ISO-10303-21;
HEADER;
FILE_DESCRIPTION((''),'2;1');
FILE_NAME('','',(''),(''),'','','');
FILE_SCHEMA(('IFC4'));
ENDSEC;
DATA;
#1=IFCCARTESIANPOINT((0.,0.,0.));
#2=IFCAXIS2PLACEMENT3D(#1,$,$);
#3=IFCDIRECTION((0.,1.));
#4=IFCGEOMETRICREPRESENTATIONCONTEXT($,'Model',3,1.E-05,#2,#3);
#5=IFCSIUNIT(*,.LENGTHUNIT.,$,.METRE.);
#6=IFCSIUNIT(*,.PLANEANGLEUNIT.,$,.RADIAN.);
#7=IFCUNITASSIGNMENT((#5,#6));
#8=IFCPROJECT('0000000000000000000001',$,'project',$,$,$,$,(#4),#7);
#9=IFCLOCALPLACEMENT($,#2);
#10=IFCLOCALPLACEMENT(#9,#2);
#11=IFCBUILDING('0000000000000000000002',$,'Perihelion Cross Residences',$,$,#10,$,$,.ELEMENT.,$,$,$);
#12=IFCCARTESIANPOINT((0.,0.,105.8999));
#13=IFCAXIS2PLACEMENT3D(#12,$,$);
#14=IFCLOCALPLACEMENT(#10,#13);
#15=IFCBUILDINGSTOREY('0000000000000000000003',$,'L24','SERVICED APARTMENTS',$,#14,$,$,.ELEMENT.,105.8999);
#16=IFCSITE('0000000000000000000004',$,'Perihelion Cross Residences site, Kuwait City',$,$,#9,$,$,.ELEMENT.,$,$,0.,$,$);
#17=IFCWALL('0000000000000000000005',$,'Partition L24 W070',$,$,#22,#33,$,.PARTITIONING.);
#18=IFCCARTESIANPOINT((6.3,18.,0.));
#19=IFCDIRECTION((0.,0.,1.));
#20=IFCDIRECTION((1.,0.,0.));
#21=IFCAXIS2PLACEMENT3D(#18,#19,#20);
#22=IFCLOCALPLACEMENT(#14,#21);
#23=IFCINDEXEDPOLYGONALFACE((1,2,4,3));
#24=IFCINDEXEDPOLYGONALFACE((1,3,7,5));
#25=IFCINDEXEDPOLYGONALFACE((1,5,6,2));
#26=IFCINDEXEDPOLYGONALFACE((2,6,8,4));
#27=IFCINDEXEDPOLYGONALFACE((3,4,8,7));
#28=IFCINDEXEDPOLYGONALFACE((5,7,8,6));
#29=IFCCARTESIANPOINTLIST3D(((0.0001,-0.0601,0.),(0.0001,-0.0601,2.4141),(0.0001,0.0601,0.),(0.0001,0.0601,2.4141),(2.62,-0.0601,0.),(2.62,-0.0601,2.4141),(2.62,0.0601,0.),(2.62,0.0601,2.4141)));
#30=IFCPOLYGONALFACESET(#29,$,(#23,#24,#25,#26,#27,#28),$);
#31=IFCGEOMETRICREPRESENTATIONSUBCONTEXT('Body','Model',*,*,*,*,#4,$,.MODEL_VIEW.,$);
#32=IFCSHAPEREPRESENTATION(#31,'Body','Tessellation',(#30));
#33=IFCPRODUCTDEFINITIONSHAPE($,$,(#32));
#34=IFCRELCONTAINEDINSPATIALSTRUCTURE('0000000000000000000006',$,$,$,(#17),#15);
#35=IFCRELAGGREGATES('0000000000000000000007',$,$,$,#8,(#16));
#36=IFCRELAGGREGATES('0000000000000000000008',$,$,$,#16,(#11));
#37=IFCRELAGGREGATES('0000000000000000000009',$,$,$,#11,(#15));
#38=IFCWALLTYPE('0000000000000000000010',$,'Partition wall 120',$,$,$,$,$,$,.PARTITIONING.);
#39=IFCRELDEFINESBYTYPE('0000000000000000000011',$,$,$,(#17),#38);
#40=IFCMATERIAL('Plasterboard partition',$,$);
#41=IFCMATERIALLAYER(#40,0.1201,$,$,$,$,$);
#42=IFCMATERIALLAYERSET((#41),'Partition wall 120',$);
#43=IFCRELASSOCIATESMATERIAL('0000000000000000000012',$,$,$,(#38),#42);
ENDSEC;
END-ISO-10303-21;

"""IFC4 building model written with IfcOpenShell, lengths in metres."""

from ifc_helpers import new_model, si_unit, direction, frame, frame_2d, origin, place, context, subcontext, project, spatial, rectangle, extrude, material, layer, layer_set, type_object, element, save


model = new_model("IFC4")

# Units and contexts
model_context = context("Model", 3, precision=1e-05, world=origin(), true_north=direction((0.0, 1.0)))
body_context = subcontext(model_context, "Body", "Model", "MODEL_VIEW")
ifc_project = project(units=[si_unit("LENGTHUNIT", "METRE"), si_unit("PLANEANGLEUNIT", "RADIAN")], contexts=[model_context])

# Site, building, storey
site_placement = place(None, origin())
site = spatial("IfcSite", under=ifc_project, at=site_placement, Name="Perihelion Cross Residences site, Kuwait City", CompositionType="ELEMENT", RefElevation=0.0)
building_placement = place(site_placement, origin())
building = spatial("IfcBuilding", under=site, at=building_placement, Name="Perihelion Cross Residences", CompositionType="ELEMENT")
storey_placement = place(building_placement, frame((0.0, 0.0, 105.8999)))
storey = spatial("IfcBuildingStorey", under=building, at=storey_placement, Name="L24", Description="SERVICED APARTMENTS", CompositionType="ELEMENT", Elevation=105.8999)

# Wall
ifc_material_1 = material(Name="Plasterboard partition")
ifc_layer_1 = layer(ifc_material_1, 0.1201)
ifc_layer_set_1 = layer_set([ifc_layer_1], Name="Partition wall 120")
wall_type_1 = type_object("IfcWallType", Name="Partition wall 120", PredefinedType="PARTITIONING", material=ifc_layer_set_1)
wall_1_placement = place(storey_placement, frame((6.3, 18.0, 0.0), z_axis=(0.0, 0.0, 1.0), x_axis=(1.0, 0.0, 0.0)))
element("IfcWall", 1, at=wall_1_placement, inside=storey, type_object=wall_type_1, Name="Partition L24 W070", PredefinedType="PARTITIONING", context=body_context, shape_type="SweptSolid", body=[
    extrude(rectangle(XDim=2.6199, YDim=0.1201, at=frame_2d((1.3101, 0.0))), origin(), (0.0, 0.0, 1.0), 2.4141),
])

save(model, "model.ifc")
